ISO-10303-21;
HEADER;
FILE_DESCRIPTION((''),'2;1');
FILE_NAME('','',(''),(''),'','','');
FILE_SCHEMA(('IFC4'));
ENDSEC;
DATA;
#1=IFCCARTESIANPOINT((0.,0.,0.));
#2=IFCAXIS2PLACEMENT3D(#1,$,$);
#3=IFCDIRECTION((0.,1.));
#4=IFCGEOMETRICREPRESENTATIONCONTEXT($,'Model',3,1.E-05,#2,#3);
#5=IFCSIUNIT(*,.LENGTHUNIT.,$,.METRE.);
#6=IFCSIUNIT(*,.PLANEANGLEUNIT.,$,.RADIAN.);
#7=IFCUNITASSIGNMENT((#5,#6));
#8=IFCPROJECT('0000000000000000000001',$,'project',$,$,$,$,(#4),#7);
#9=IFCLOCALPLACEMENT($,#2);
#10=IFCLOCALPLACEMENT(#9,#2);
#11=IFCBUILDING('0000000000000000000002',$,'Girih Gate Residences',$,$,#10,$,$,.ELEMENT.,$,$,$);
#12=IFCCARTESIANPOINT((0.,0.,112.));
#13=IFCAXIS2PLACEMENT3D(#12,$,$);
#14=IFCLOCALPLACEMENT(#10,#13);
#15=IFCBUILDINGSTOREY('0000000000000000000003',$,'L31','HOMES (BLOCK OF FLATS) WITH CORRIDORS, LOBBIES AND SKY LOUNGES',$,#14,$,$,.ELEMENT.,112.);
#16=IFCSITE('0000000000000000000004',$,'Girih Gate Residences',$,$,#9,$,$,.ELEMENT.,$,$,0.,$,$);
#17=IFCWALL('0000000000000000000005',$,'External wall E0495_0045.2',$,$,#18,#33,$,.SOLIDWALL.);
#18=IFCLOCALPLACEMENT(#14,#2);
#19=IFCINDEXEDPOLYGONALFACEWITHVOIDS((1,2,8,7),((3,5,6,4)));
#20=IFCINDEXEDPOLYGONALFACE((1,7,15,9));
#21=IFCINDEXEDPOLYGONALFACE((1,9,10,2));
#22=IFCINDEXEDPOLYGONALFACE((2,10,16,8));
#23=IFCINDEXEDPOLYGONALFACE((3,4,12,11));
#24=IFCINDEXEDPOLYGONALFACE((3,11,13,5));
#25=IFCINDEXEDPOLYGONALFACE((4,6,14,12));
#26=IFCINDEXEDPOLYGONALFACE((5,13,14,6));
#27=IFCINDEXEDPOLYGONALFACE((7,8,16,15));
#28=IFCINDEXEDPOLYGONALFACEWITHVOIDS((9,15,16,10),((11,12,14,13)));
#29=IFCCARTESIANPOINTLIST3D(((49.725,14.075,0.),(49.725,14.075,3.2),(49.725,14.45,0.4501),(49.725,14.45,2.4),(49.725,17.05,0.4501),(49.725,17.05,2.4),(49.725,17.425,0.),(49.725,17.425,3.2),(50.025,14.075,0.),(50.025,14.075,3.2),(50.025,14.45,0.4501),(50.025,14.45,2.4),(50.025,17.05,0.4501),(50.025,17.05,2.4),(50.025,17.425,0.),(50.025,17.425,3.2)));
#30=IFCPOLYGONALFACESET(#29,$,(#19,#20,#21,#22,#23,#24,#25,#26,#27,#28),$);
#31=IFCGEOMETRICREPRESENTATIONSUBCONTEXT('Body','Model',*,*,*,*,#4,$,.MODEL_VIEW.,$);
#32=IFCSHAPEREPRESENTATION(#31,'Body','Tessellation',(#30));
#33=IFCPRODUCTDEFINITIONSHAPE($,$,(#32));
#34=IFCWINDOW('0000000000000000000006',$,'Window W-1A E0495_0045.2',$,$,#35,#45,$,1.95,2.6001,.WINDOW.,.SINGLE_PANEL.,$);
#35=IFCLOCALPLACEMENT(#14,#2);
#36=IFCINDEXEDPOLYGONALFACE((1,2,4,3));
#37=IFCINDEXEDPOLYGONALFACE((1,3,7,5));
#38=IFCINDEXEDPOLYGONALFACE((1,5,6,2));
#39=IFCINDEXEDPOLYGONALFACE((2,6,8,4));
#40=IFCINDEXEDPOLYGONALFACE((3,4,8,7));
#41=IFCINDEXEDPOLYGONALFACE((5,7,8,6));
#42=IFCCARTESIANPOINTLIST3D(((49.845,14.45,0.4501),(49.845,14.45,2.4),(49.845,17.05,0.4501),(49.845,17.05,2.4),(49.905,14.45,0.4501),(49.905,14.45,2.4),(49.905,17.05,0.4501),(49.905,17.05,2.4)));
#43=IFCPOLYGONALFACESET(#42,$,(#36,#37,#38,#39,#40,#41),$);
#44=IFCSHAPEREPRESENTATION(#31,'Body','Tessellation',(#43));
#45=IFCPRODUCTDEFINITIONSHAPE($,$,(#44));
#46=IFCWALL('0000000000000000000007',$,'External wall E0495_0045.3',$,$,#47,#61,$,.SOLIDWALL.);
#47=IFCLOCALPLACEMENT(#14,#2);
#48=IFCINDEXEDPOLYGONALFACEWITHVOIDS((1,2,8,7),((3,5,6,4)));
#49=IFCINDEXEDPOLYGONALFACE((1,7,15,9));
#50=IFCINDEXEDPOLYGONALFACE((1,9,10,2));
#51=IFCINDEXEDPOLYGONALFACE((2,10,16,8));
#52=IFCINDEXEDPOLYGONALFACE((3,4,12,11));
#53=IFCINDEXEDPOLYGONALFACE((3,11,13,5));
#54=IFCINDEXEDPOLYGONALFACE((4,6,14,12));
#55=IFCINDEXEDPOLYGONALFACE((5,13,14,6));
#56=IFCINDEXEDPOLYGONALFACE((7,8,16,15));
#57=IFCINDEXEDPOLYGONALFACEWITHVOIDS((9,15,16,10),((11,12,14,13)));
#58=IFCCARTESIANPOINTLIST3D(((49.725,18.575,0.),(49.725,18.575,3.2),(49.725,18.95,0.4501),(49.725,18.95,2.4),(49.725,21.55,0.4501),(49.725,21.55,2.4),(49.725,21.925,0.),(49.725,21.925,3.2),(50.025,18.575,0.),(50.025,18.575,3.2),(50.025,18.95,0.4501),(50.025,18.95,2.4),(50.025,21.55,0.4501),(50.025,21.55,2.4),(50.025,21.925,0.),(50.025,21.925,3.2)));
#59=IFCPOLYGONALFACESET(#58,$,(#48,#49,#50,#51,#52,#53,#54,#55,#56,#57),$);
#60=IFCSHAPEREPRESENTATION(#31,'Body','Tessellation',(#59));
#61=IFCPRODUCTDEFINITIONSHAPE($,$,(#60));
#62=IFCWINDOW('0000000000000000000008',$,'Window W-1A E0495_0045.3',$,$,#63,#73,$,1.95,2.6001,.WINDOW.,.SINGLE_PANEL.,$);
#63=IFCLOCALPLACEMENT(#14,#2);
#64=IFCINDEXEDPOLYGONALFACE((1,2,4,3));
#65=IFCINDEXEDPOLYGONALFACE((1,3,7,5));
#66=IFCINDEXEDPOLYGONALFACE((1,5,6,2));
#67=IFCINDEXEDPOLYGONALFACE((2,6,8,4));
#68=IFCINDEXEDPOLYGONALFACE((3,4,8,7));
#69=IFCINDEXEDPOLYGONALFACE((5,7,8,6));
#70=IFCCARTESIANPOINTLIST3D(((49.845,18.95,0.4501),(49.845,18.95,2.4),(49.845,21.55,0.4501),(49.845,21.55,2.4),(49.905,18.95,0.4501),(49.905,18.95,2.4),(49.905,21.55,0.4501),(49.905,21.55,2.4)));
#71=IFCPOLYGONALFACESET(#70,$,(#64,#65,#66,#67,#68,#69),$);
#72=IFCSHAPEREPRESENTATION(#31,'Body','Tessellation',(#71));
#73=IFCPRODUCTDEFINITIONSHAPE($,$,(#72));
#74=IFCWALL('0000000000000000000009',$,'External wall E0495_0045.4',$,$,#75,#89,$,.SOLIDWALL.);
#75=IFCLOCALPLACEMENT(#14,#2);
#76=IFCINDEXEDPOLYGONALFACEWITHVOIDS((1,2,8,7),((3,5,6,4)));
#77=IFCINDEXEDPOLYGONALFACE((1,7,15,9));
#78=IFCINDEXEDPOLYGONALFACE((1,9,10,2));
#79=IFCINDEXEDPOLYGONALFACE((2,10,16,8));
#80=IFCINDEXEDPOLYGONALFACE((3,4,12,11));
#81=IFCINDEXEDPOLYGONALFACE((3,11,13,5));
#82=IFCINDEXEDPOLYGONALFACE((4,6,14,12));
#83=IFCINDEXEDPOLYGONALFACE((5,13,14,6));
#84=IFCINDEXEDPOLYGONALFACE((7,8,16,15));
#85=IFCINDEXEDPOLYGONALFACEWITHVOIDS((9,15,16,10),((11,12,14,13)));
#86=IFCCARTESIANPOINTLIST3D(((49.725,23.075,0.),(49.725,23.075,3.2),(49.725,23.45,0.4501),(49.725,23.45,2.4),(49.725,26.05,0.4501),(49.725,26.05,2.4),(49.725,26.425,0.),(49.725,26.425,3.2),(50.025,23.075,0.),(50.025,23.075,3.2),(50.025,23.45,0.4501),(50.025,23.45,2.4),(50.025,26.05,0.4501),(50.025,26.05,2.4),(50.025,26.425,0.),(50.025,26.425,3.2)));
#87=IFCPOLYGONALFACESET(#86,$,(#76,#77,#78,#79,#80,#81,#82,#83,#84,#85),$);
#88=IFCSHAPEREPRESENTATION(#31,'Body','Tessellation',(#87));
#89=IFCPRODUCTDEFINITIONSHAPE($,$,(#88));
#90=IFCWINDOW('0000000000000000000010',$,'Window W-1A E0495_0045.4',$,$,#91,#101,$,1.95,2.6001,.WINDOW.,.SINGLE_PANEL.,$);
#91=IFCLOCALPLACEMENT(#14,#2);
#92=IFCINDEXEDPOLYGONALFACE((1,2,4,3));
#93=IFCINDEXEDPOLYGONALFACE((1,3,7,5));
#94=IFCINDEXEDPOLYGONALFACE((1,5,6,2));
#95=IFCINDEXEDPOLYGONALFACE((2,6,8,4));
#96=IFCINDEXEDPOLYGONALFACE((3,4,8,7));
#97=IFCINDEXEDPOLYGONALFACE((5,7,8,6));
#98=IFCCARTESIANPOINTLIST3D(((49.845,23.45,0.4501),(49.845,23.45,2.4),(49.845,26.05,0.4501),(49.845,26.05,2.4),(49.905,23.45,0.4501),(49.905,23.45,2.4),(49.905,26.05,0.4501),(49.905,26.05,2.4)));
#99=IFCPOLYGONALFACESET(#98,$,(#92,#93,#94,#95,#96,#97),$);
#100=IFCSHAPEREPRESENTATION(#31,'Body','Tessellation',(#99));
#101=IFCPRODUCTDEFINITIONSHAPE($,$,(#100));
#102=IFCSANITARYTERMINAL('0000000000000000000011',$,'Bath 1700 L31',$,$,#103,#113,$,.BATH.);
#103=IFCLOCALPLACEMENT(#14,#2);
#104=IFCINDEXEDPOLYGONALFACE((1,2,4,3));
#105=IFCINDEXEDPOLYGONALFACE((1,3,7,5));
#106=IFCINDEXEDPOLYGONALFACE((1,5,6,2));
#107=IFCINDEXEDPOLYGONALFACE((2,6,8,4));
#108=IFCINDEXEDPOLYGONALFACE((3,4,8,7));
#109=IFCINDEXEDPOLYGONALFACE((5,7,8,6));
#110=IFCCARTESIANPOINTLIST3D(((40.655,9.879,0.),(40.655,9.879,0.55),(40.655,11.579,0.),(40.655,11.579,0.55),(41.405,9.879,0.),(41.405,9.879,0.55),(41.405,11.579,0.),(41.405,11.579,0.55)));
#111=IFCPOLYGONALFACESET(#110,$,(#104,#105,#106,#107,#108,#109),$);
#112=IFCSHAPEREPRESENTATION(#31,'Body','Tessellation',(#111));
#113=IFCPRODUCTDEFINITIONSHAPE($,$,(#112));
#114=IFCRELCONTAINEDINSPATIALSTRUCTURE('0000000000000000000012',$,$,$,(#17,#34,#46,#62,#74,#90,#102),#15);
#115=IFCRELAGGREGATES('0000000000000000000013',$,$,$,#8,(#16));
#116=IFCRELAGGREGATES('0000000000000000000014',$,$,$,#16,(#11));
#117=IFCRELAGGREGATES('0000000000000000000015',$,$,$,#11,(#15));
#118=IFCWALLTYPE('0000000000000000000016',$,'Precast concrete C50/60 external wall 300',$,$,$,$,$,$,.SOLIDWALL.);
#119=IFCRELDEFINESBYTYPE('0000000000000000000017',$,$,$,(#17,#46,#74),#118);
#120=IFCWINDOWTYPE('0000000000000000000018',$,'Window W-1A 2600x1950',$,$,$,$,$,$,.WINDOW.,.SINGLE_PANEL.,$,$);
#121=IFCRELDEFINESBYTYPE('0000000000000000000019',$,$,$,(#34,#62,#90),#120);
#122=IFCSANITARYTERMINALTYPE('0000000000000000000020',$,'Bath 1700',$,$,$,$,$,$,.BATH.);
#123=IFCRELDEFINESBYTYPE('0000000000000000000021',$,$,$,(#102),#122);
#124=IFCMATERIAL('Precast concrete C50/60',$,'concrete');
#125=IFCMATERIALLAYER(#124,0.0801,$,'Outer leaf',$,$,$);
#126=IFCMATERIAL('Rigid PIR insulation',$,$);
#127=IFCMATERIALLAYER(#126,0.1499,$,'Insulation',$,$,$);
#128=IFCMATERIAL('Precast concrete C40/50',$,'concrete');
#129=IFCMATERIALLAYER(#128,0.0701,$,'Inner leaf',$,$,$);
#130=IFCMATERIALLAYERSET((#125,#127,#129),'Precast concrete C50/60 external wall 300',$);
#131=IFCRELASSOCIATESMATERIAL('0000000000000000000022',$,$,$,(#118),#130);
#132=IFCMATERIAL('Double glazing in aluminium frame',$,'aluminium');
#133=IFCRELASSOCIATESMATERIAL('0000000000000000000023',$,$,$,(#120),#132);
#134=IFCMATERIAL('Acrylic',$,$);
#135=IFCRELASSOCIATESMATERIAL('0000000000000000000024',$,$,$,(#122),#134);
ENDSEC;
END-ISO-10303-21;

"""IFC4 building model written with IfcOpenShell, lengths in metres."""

from ifc_helpers import new_model, si_unit, direction, frame, frame_2d, origin, origin_2d, place, context, subcontext, project, spatial, rectangle, extrude, material, layer, layer_set, type_object, element, fill, save


model = new_model("IFC4")

# Units and contexts
model_context = context("Model", 3, precision=1e-05, world=origin(), true_north=direction((0.0, 1.0)))
body_context = subcontext(model_context, "Body", "Model", "MODEL_VIEW")
ifc_project = project(units=[si_unit("LENGTHUNIT", "METRE"), si_unit("PLANEANGLEUNIT", "RADIAN")], contexts=[model_context])

# Site, building, storey
site_placement = place(None, origin())
site = spatial("IfcSite", under=ifc_project, at=site_placement, Name="Girih Gate Residences", CompositionType="ELEMENT", RefElevation=0.0)
building_placement = place(site_placement, origin())
building = spatial("IfcBuilding", under=site, at=building_placement, Name="Girih Gate Residences", CompositionType="ELEMENT")
storey_placement = place(building_placement, frame((0.0, 0.0, 112.0)))
storey = spatial("IfcBuildingStorey", under=building, at=storey_placement, Name="L31", Description="HOMES (BLOCK OF FLATS) WITH CORRIDORS, LOBBIES AND SKY LOUNGES", CompositionType="ELEMENT", Elevation=112.0)

# Walls, openings, windows
ifc_material_1 = material(Name="Precast concrete C50/60", Category="concrete")
ifc_layer_1 = layer(ifc_material_1, 0.0801, Name="Outer leaf")
ifc_material_2 = material(Name="Rigid PIR insulation")
ifc_layer_2 = layer(ifc_material_2, 0.1499, Name="Insulation")
ifc_material_3 = material(Name="Precast concrete C40/50", Category="concrete")
ifc_layer_3 = layer(ifc_material_3, 0.0701, Name="Inner leaf")
ifc_layer_set_1 = layer_set([ifc_layer_1, ifc_layer_2, ifc_layer_3], Name="Precast concrete C50/60 external wall 300")
wall_type_1 = type_object("IfcWallType", Name="Precast concrete C50/60 external wall 300", PredefinedType="SOLIDWALL", material=ifc_layer_set_1)
ifc_material_4 = material(Name="Double glazing in aluminium frame", Category="aluminium")
window_type = type_object("IfcWindowType", Name="Window W-1A 2600x1950", PartitioningType="SINGLE_PANEL", PredefinedType="WINDOW", material=ifc_material_4)
wall_1_placement = place(storey_placement, frame((49.875, 17.425, 0.0), z_axis=(0.0, 0.0, 1.0), x_axis=(0.0, -1.0, 0.0)))
wall_1 = element("IfcWall", 1, at=wall_1_placement, inside=storey, type_object=wall_type_1, Name="External wall E0495_0045.2", PredefinedType="SOLIDWALL", context=body_context, shape_type="SweptSolid", body=[
    extrude(rectangle(XDim=3.3501, YDim=0.3, at=frame_2d((1.675, 0.0))), origin(), (0.0, 0.0, 1.0), 3.2),
])
opening_1_placement = place(wall_1_placement, frame((0.375, 0.0, 0.45)))
opening_1 = element("IfcOpeningElement", 2, at=opening_1_placement, cuts=wall_1, PredefinedType="OPENING", context=body_context, shape_type="SweptSolid", body=[
    extrude(rectangle(XDim=2.6001, YDim=1.95, at=frame_2d((1.3, 0.9751))), frame((0.0, 0.1599, 0.0), z_axis=(0.0, -1.0, 0.0), x_axis=(1.0, 0.0, 0.0)), (0.0, 0.0, 1.0), 0.3201),
])
window_1_placement = place(opening_1_placement, origin())
window_1 = element("IfcWindow", 3, at=window_1_placement, inside=storey, type_object=window_type, Name="Window W-1A E0495_0045.2", OverallHeight=1.95, OverallWidth=2.6001, PartitioningType="SINGLE_PANEL", PredefinedType="WINDOW", context=body_context, shape_type="SweptSolid", body=[
    extrude(rectangle(XDim=2.6001, YDim=1.95, at=frame_2d((1.3, 0.9751))), frame((0.0, 0.03, 0.0), z_axis=(0.0, -1.0, 0.0), x_axis=(1.0, 0.0, 0.0)), (0.0, 0.0, 1.0), 0.0601),
])
fill(opening_1, window_1)
wall_2_placement = place(storey_placement, frame((49.875, 21.925, 0.0), z_axis=(0.0, 0.0, 1.0), x_axis=(0.0, -1.0, 0.0)))
wall_2 = element("IfcWall", 4, at=wall_2_placement, inside=storey, type_object=wall_type_1, Name="External wall E0495_0045.3", PredefinedType="SOLIDWALL", context=body_context, shape_type="SweptSolid", body=[
    extrude(rectangle(XDim=3.3501, YDim=0.3, at=frame_2d((1.675, 0.0))), origin(), (0.0, 0.0, 1.0), 3.2),
])
opening_2_placement = place(wall_2_placement, frame((0.375, 0.0, 0.45)))
opening_2 = element("IfcOpeningElement", 5, at=opening_2_placement, cuts=wall_2, PredefinedType="OPENING", context=body_context, shape_type="SweptSolid", body=[
    extrude(rectangle(XDim=2.6001, YDim=1.95, at=frame_2d((1.3, 0.9751))), frame((0.0, 0.1599, 0.0), z_axis=(0.0, -1.0, 0.0), x_axis=(1.0, 0.0, 0.0)), (0.0, 0.0, 1.0), 0.3201),
])
window_2_placement = place(opening_2_placement, origin())
window_2 = element("IfcWindow", 6, at=window_2_placement, inside=storey, type_object=window_type, Name="Window W-1A E0495_0045.3", OverallHeight=1.95, OverallWidth=2.6001, PartitioningType="SINGLE_PANEL", PredefinedType="WINDOW", context=body_context, shape_type="SweptSolid", body=[
    extrude(rectangle(XDim=2.6001, YDim=1.95, at=frame_2d((1.3, 0.9751))), frame((0.0, 0.03, 0.0), z_axis=(0.0, -1.0, 0.0), x_axis=(1.0, 0.0, 0.0)), (0.0, 0.0, 1.0), 0.0601),
])
fill(opening_2, window_2)
wall_3_placement = place(storey_placement, frame((49.875, 26.425, 0.0), z_axis=(0.0, 0.0, 1.0), x_axis=(0.0, -1.0, 0.0)))
wall_3 = element("IfcWall", 7, at=wall_3_placement, inside=storey, type_object=wall_type_1, Name="External wall E0495_0045.4", PredefinedType="SOLIDWALL", context=body_context, shape_type="SweptSolid", body=[
    extrude(rectangle(XDim=3.3501, YDim=0.3, at=frame_2d((1.675, 0.0))), origin(), (0.0, 0.0, 1.0), 3.2),
])
opening_3_placement = place(wall_3_placement, frame((0.375, 0.0, 0.45)))
opening_3 = element("IfcOpeningElement", 8, at=opening_3_placement, cuts=wall_3, PredefinedType="OPENING", context=body_context, shape_type="SweptSolid", body=[
    extrude(rectangle(XDim=2.6001, YDim=1.95, at=frame_2d((1.3, 0.9751))), frame((0.0, 0.1599, 0.0), z_axis=(0.0, -1.0, 0.0), x_axis=(1.0, 0.0, 0.0)), (0.0, 0.0, 1.0), 0.3201),
])
window_3_placement = place(opening_3_placement, origin())
window_3 = element("IfcWindow", 9, at=window_3_placement, inside=storey, type_object=window_type, Name="Window W-1A E0495_0045.4", OverallHeight=1.95, OverallWidth=2.6001, PartitioningType="SINGLE_PANEL", PredefinedType="WINDOW", context=body_context, shape_type="SweptSolid", body=[
    extrude(rectangle(XDim=2.6001, YDim=1.95, at=frame_2d((1.3, 0.9751))), frame((0.0, 0.03, 0.0), z_axis=(0.0, -1.0, 0.0), x_axis=(1.0, 0.0, 0.0)), (0.0, 0.0, 1.0), 0.0601),
])
fill(opening_3, window_3)

# Sanitary terminal
ifc_material_5 = material(Name="Acrylic")
sanitary_terminal_type = type_object("IfcSanitaryTerminalType", Name="Bath 1700", PredefinedType="BATH", material=ifc_material_5)
sanitary_terminal_placement = place(storey_placement, frame((41.03, 10.729, 0.0), z_axis=(0.0, 0.0, 1.0), x_axis=(1.0, 0.0, 0.0)))
element("IfcSanitaryTerminal", 10, at=sanitary_terminal_placement, inside=storey, type_object=sanitary_terminal_type, Name="Bath 1700 L31", PredefinedType="BATH", context=body_context, shape_type="SweptSolid", body=[
    extrude(rectangle(XDim=0.75, YDim=1.7, at=origin_2d()), origin(), (0.0, 0.0, 1.0), 0.55),
])

save(model, "model.ifc")
